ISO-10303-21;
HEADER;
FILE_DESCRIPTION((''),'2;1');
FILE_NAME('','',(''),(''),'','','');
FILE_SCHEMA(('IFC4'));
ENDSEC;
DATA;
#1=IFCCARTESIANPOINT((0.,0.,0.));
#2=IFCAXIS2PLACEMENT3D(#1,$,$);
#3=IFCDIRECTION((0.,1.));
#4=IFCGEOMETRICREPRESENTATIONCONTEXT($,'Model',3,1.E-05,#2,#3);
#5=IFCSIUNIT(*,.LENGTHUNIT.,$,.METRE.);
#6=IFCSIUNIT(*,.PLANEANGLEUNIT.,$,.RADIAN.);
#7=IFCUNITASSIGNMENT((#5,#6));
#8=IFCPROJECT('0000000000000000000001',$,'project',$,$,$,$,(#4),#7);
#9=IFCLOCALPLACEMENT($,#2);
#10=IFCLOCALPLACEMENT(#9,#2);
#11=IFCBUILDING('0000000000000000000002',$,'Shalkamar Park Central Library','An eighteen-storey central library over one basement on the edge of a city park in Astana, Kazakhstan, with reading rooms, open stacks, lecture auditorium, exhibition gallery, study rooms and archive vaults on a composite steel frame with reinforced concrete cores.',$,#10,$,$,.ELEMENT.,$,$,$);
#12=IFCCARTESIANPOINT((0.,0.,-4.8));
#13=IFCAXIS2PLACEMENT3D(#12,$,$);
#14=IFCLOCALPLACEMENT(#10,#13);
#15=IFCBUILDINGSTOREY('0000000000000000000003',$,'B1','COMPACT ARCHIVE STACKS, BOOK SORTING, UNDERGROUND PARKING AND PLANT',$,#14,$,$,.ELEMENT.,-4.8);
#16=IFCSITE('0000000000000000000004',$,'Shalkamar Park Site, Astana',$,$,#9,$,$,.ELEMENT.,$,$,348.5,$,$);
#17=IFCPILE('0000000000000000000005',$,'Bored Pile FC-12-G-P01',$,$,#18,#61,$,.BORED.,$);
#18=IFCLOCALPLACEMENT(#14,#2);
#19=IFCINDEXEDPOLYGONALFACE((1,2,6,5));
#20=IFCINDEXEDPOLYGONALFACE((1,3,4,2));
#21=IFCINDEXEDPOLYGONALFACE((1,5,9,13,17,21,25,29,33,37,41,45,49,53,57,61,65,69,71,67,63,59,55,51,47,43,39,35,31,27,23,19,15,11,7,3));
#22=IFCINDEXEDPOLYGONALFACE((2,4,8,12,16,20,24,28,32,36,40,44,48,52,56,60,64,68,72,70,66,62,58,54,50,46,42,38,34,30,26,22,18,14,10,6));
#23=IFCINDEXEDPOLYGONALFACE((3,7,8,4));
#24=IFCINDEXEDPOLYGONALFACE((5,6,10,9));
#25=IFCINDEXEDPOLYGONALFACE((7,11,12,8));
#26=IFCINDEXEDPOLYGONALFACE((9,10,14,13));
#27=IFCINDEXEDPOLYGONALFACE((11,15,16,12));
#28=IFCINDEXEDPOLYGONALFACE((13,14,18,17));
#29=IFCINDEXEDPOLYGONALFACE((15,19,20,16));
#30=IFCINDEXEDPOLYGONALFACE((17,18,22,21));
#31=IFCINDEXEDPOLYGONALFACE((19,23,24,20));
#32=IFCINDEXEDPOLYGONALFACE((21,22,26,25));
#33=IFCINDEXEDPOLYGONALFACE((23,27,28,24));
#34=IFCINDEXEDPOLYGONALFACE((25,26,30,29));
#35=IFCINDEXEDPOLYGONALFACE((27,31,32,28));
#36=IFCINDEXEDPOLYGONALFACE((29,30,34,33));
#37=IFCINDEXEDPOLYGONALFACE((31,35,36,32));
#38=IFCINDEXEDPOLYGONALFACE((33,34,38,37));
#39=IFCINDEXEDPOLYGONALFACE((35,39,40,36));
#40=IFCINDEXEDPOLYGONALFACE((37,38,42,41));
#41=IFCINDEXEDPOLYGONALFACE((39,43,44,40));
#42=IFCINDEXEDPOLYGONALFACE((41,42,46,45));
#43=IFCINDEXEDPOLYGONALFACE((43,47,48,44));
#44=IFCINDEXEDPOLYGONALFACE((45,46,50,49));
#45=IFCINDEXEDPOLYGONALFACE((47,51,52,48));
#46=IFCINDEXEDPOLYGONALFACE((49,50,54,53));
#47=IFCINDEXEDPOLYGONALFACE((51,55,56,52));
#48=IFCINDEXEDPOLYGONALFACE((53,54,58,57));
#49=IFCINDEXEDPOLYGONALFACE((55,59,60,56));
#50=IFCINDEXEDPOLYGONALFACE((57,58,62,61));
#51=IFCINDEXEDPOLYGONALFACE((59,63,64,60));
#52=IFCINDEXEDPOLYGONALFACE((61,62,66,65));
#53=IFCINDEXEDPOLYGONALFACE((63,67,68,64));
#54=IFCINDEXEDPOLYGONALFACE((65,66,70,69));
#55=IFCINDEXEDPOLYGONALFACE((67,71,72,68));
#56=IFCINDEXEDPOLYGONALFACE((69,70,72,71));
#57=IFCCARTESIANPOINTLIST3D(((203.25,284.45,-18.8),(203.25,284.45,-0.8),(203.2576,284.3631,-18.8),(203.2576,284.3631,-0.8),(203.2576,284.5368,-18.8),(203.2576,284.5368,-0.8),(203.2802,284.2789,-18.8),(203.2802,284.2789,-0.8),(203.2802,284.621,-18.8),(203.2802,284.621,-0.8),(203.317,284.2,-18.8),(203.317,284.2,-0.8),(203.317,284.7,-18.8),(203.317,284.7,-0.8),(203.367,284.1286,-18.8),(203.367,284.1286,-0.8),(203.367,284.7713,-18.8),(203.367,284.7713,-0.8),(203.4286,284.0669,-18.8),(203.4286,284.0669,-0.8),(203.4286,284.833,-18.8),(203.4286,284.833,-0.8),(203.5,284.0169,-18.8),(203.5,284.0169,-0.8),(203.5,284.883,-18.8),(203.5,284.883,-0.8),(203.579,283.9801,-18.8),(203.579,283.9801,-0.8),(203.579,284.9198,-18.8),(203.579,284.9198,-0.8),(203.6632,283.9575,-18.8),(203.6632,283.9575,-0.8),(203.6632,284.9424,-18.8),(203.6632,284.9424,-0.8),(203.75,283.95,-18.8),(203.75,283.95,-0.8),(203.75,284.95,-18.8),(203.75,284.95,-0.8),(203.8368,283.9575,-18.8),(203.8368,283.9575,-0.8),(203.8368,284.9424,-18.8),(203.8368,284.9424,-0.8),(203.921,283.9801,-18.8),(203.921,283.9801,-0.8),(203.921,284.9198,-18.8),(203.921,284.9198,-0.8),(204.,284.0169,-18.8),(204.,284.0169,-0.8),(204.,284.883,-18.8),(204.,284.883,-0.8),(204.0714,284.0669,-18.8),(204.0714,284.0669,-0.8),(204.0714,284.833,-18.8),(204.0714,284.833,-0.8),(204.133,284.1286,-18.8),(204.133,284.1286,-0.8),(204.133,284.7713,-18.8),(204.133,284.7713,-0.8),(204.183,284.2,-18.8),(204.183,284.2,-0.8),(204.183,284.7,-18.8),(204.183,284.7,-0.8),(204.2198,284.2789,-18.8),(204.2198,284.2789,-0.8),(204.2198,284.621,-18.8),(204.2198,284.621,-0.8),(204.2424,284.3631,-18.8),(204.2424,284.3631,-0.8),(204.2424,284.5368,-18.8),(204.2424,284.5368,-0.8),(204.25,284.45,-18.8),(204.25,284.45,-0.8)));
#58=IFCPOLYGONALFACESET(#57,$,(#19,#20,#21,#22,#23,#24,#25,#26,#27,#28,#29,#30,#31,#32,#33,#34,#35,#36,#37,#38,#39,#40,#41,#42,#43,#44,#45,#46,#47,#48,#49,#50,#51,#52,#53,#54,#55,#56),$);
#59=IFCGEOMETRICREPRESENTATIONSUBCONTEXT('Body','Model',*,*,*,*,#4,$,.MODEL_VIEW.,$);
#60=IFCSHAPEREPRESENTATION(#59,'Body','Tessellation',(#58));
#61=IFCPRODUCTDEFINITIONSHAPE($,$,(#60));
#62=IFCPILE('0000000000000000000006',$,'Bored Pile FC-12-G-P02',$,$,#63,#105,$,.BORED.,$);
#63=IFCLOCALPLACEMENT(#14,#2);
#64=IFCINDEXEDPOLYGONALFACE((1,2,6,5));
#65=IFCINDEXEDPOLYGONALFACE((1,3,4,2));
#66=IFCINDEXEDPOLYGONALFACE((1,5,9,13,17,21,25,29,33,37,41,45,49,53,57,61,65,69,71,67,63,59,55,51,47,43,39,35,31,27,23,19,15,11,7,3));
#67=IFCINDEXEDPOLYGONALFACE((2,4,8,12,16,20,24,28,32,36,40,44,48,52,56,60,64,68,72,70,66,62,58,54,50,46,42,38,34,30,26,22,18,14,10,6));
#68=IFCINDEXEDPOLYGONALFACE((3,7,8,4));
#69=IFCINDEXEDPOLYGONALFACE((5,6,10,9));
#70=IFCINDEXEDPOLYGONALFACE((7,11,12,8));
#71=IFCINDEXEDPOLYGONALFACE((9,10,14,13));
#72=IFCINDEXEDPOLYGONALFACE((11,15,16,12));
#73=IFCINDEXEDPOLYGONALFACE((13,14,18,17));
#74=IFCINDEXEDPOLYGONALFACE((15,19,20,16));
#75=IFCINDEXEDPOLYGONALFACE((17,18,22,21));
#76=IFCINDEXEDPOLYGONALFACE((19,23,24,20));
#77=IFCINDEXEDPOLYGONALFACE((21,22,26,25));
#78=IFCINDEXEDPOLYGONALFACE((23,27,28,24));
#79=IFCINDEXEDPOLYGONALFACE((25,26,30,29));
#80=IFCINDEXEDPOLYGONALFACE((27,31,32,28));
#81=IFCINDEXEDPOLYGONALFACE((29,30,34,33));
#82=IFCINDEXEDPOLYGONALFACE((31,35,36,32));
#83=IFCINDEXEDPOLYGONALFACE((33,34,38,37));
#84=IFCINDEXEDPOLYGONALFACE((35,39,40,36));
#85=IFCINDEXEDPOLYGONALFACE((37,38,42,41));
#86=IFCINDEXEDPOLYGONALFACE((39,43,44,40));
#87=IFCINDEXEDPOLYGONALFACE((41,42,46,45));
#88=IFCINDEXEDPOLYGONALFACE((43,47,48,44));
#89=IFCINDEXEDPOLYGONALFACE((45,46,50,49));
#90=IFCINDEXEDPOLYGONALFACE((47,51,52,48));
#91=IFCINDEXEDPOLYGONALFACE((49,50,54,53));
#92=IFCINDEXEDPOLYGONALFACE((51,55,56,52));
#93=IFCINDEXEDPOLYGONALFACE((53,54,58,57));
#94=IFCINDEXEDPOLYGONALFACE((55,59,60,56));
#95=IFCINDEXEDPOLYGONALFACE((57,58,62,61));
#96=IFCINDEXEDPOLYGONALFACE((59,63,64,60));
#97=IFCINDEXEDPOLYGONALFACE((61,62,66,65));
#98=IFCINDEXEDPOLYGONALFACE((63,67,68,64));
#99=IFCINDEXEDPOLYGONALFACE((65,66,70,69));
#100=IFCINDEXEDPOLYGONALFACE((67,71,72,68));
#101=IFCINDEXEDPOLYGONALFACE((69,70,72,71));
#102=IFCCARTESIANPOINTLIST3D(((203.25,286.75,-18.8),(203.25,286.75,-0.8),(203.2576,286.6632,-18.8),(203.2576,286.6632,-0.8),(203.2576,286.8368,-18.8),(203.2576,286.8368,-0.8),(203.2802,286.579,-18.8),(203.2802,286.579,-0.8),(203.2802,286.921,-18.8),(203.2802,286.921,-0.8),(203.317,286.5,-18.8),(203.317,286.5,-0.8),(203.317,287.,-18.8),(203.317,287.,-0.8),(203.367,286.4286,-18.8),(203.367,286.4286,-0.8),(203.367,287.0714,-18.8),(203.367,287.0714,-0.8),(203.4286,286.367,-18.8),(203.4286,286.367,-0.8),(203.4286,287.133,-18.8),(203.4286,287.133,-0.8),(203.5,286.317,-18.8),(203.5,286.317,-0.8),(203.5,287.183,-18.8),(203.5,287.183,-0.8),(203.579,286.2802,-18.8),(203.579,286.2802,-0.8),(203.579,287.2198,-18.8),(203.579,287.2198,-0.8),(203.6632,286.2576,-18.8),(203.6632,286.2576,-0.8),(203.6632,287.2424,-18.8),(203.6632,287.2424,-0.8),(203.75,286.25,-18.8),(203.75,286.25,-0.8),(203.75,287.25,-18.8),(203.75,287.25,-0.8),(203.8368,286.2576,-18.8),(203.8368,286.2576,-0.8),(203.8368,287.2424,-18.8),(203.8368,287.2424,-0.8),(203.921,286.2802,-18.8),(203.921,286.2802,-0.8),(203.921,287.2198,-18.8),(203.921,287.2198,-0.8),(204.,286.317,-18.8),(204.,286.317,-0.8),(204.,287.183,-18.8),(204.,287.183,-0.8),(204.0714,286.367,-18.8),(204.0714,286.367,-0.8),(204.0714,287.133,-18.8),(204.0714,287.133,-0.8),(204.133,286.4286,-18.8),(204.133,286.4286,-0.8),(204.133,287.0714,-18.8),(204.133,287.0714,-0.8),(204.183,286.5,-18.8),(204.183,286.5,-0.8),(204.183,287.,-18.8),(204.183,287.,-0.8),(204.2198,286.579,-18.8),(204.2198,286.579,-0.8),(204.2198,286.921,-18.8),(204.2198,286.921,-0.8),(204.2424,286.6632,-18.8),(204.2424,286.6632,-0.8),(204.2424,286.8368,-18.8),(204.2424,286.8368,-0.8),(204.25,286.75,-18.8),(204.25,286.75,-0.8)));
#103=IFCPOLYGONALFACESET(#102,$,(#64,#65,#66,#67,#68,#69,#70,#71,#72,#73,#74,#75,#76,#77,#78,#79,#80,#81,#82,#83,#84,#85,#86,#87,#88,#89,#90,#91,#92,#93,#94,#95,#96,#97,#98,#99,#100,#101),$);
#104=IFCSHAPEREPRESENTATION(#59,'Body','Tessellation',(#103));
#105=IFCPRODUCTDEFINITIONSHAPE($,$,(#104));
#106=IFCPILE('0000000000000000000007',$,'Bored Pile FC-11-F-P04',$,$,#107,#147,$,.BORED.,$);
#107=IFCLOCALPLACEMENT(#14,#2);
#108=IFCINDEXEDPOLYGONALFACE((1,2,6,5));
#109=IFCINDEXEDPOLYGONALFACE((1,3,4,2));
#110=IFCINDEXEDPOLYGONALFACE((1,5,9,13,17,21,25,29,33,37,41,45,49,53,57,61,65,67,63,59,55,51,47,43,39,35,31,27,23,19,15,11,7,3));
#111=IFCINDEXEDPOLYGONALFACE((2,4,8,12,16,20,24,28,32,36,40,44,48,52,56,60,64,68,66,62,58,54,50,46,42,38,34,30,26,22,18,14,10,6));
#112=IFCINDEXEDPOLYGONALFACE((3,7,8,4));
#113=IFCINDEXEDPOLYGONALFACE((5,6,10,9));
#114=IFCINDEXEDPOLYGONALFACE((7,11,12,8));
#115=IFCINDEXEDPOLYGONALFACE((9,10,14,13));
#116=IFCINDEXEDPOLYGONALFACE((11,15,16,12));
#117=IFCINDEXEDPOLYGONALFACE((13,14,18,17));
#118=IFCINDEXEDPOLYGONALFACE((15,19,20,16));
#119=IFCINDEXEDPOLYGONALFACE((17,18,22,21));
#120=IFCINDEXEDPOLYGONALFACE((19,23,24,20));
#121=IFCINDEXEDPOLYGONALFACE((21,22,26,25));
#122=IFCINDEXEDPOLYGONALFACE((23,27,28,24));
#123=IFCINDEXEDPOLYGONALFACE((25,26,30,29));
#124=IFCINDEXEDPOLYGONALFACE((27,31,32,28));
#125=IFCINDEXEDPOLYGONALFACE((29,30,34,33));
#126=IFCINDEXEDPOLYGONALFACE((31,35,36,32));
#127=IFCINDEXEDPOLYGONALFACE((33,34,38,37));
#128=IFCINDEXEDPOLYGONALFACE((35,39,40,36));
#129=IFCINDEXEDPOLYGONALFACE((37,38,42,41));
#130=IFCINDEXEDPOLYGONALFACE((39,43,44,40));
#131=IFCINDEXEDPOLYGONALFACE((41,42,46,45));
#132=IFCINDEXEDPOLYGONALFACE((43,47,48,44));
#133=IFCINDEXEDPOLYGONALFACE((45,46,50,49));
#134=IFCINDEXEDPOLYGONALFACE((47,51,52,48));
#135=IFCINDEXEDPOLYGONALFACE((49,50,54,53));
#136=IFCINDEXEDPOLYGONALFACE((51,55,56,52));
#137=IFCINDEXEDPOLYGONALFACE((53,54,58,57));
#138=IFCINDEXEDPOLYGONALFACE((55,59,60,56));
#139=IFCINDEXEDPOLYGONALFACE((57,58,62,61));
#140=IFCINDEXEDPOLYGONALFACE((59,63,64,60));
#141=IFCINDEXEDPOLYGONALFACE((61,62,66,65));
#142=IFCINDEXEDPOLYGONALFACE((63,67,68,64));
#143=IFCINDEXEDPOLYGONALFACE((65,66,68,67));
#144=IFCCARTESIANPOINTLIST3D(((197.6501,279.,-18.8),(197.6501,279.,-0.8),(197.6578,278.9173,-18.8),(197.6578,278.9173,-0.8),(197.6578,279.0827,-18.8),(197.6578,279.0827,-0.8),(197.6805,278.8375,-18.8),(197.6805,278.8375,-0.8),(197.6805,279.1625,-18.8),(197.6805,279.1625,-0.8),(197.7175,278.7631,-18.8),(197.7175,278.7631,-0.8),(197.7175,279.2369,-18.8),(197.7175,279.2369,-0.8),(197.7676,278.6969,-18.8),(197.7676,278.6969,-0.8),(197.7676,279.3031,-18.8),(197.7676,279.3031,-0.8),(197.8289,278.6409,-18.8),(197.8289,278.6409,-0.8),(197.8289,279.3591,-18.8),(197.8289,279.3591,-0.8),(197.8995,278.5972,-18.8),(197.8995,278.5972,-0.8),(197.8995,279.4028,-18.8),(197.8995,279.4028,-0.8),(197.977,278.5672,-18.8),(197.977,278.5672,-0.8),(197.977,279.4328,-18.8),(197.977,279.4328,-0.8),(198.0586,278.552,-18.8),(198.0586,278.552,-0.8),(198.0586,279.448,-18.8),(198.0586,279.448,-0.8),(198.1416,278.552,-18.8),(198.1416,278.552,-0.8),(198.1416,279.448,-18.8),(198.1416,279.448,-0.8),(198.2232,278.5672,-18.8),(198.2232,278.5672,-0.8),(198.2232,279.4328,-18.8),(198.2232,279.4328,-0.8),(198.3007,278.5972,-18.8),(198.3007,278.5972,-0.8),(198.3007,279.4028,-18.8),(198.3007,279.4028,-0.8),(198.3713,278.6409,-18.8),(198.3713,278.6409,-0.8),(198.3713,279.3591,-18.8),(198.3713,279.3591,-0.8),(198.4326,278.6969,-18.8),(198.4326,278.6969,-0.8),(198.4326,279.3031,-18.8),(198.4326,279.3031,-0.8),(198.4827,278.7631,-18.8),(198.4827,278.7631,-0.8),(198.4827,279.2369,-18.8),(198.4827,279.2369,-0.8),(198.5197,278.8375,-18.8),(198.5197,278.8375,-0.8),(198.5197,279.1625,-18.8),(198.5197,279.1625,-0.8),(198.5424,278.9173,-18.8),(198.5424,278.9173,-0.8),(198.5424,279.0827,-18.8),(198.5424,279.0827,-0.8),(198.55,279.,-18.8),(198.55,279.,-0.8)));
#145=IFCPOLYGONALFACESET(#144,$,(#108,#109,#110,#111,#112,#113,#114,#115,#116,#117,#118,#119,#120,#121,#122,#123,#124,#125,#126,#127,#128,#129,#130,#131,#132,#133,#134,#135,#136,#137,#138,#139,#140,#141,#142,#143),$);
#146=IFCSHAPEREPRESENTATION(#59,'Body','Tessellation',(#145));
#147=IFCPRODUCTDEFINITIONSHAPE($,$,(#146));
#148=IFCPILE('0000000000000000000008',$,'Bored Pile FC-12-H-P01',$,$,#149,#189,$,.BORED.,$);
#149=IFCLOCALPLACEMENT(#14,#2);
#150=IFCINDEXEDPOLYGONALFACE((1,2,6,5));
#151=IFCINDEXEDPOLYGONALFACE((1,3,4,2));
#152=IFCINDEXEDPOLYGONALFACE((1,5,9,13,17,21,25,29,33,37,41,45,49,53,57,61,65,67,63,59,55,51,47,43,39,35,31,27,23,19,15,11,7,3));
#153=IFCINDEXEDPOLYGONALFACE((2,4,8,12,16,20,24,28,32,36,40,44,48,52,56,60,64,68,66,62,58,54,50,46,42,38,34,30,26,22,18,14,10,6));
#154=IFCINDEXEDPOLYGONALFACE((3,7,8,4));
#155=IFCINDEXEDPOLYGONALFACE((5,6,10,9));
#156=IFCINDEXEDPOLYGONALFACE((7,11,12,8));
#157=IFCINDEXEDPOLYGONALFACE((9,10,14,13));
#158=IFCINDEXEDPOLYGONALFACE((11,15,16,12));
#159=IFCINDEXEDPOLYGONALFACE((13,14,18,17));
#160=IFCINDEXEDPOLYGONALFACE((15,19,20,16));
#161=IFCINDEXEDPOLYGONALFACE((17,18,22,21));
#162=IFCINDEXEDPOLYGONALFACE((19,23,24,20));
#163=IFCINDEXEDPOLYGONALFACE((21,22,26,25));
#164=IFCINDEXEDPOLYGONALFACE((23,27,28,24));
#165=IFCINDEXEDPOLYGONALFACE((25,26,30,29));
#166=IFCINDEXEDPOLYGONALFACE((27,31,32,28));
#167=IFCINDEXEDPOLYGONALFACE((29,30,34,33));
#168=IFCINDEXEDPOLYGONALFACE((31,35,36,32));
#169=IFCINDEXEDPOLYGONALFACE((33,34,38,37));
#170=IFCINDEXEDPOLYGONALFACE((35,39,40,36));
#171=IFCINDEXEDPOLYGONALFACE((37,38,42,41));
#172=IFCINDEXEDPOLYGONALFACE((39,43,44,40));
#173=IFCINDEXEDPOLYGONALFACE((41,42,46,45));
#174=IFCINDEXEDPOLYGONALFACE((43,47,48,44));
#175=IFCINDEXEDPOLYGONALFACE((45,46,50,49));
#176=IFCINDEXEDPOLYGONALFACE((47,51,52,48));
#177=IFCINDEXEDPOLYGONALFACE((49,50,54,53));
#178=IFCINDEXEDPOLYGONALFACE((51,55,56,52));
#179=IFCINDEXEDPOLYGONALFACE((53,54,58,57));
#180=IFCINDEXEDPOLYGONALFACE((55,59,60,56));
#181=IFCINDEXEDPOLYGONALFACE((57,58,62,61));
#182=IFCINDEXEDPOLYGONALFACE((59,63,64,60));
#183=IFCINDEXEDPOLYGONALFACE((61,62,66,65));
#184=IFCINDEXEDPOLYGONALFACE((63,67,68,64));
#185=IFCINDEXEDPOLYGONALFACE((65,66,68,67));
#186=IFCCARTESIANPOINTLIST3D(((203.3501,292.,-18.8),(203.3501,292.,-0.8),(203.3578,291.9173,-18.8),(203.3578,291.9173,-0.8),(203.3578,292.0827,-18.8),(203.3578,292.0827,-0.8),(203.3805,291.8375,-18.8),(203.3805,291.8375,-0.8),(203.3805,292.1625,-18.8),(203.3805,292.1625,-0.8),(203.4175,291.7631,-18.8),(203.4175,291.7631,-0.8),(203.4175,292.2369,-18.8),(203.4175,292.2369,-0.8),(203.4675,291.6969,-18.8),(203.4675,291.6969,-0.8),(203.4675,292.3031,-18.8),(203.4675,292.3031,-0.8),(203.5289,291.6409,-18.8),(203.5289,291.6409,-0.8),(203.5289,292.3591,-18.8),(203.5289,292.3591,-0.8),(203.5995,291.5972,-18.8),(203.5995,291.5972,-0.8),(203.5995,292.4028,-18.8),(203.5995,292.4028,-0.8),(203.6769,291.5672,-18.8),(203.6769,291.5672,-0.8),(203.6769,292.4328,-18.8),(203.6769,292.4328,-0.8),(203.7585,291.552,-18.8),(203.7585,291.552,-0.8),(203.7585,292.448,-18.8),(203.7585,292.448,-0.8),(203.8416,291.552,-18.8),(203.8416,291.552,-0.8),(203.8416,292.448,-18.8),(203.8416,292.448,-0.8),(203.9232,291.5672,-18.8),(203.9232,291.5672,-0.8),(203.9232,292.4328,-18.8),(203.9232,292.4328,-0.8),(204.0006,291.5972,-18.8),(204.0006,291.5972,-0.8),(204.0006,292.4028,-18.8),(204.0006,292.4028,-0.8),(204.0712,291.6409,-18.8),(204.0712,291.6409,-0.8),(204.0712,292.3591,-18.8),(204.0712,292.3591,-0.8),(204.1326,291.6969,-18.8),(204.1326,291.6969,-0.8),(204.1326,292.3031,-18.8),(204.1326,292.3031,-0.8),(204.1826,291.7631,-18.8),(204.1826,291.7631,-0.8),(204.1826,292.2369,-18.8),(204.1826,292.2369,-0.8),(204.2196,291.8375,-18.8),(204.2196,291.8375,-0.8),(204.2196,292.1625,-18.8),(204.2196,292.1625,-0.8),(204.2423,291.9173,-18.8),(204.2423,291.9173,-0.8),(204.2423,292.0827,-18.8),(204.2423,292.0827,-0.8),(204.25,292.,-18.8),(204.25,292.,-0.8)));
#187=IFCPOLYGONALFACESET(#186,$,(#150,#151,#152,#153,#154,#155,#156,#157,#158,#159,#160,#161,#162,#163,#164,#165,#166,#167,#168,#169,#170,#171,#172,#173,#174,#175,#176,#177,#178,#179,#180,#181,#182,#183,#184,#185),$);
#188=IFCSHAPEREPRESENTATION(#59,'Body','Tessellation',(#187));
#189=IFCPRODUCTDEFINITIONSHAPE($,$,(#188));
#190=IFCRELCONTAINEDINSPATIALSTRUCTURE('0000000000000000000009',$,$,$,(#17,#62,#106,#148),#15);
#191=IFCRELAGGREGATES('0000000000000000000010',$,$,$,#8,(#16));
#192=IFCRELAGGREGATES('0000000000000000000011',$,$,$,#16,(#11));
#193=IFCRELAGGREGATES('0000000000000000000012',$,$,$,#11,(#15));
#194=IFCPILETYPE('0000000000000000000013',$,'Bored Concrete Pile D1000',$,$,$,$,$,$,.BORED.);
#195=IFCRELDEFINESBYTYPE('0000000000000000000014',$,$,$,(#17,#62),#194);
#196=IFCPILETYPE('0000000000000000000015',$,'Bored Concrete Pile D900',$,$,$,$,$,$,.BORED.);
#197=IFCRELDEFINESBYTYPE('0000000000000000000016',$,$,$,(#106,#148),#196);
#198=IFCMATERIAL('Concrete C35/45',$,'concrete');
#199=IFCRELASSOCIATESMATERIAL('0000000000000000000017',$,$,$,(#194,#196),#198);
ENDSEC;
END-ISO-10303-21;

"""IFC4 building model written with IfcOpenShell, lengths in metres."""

from ifc_helpers import new_model, si_unit, direction, frame, origin, origin_2d, place, context, subcontext, project, spatial, circle, extrude, material, material_profile, profile_set, type_object, element, save


model = new_model("IFC4")

# Units and contexts
model_context = context("Model", 3, precision=1e-05, world=origin(), true_north=direction((0.0, 1.0)))
body_context = subcontext(model_context, "Body", "Model", "MODEL_VIEW")
ifc_project = project(units=[si_unit("LENGTHUNIT", "METRE"), si_unit("PLANEANGLEUNIT", "RADIAN")], contexts=[model_context])

# Site, building, storey
site_placement = place(None, origin())
site = spatial("IfcSite", under=ifc_project, at=site_placement, Name="Shalkamar Park Site, Astana", CompositionType="ELEMENT", RefElevation=348.5)
building_placement = place(site_placement, origin())
building = spatial("IfcBuilding", under=site, at=building_placement, Name="Shalkamar Park Central Library", Description="An eighteen-storey central library over one basement on the edge of a city park in Astana, Kazakhstan, with reading rooms, open stacks, lecture auditorium, exhibition gallery, study rooms and archive vaults on a composite steel frame with reinforced concrete cores.", CompositionType="ELEMENT")
storey_placement = place(building_placement, frame((0.0, 0.0, -4.8)))
storey = spatial("IfcBuildingStorey", under=building, at=storey_placement, Name="B1", Description="COMPACT ARCHIVE STACKS, BOOK SORTING, UNDERGROUND PARKING AND PLANT", CompositionType="ELEMENT", Elevation=-4.8)

# Piles
ifc_material_1 = material(Name="Concrete C35/45", Category="concrete")
ifc_material_profile_1 = material_profile(ifc_material_1, circle(Radius=0.5, at=origin_2d()), Name="PILE D1000")
ifc_profile_set_1 = profile_set([ifc_material_profile_1], Name="Concrete C35/45")
pile_type_1 = type_object("IfcPileType", Name="Bored Concrete Pile D1000", PredefinedType="BORED", material=ifc_profile_set_1)
for number, where, z_axis, x_axis, name in (
    (1, (203.75, 284.45, -0.8), (0.0, 0.0, -1.0), (1.0, 0.0, 0.0), "Bored Pile FC-12-G-P01"),
    (2, (203.75, 286.75, -0.8), (0.0, 0.0, -1.0), (1.0, 0.0, 0.0), "Bored Pile FC-12-G-P02"),
):
    element("IfcPile", number, at=place(storey_placement, frame(where, z_axis=z_axis, x_axis=x_axis)), inside=storey, type_object=pile_type_1, Name=name, PredefinedType="BORED", context=body_context, shape_type="SweptSolid", body=[
        extrude(circle(Radius=0.5, at=origin_2d()), origin(), (0.0, 0.0, 1.0), 18.0),
    ])
ifc_material_profile_2 = material_profile(ifc_material_1, circle(Radius=0.45, at=origin_2d()), Name="PILE D900")
ifc_profile_set_2 = profile_set([ifc_material_profile_2], Name="Concrete C35/45")
pile_type_2 = type_object("IfcPileType", Name="Bored Concrete Pile D900", PredefinedType="BORED", material=ifc_profile_set_2)
for number, where, z_axis, x_axis, name in (
    (3, (198.1001, 279.0, -0.8), (0.0, 0.0, -1.0), (1.0, 0.0, 0.0), "Bored Pile FC-11-F-P04"),
    (4, (203.8, 292.0, -0.8), (0.0, 0.0, -1.0), (1.0, 0.0, 0.0), "Bored Pile FC-12-H-P01"),
):
    element("IfcPile", number, at=place(storey_placement, frame(where, z_axis=z_axis, x_axis=x_axis)), inside=storey, type_object=pile_type_2, Name=name, PredefinedType="BORED", context=body_context, shape_type="SweptSolid", body=[
        extrude(circle(Radius=0.45, at=origin_2d()), origin(), (0.0, 0.0, 1.0), 18.0),
    ])

save(model, "model.ifc")
